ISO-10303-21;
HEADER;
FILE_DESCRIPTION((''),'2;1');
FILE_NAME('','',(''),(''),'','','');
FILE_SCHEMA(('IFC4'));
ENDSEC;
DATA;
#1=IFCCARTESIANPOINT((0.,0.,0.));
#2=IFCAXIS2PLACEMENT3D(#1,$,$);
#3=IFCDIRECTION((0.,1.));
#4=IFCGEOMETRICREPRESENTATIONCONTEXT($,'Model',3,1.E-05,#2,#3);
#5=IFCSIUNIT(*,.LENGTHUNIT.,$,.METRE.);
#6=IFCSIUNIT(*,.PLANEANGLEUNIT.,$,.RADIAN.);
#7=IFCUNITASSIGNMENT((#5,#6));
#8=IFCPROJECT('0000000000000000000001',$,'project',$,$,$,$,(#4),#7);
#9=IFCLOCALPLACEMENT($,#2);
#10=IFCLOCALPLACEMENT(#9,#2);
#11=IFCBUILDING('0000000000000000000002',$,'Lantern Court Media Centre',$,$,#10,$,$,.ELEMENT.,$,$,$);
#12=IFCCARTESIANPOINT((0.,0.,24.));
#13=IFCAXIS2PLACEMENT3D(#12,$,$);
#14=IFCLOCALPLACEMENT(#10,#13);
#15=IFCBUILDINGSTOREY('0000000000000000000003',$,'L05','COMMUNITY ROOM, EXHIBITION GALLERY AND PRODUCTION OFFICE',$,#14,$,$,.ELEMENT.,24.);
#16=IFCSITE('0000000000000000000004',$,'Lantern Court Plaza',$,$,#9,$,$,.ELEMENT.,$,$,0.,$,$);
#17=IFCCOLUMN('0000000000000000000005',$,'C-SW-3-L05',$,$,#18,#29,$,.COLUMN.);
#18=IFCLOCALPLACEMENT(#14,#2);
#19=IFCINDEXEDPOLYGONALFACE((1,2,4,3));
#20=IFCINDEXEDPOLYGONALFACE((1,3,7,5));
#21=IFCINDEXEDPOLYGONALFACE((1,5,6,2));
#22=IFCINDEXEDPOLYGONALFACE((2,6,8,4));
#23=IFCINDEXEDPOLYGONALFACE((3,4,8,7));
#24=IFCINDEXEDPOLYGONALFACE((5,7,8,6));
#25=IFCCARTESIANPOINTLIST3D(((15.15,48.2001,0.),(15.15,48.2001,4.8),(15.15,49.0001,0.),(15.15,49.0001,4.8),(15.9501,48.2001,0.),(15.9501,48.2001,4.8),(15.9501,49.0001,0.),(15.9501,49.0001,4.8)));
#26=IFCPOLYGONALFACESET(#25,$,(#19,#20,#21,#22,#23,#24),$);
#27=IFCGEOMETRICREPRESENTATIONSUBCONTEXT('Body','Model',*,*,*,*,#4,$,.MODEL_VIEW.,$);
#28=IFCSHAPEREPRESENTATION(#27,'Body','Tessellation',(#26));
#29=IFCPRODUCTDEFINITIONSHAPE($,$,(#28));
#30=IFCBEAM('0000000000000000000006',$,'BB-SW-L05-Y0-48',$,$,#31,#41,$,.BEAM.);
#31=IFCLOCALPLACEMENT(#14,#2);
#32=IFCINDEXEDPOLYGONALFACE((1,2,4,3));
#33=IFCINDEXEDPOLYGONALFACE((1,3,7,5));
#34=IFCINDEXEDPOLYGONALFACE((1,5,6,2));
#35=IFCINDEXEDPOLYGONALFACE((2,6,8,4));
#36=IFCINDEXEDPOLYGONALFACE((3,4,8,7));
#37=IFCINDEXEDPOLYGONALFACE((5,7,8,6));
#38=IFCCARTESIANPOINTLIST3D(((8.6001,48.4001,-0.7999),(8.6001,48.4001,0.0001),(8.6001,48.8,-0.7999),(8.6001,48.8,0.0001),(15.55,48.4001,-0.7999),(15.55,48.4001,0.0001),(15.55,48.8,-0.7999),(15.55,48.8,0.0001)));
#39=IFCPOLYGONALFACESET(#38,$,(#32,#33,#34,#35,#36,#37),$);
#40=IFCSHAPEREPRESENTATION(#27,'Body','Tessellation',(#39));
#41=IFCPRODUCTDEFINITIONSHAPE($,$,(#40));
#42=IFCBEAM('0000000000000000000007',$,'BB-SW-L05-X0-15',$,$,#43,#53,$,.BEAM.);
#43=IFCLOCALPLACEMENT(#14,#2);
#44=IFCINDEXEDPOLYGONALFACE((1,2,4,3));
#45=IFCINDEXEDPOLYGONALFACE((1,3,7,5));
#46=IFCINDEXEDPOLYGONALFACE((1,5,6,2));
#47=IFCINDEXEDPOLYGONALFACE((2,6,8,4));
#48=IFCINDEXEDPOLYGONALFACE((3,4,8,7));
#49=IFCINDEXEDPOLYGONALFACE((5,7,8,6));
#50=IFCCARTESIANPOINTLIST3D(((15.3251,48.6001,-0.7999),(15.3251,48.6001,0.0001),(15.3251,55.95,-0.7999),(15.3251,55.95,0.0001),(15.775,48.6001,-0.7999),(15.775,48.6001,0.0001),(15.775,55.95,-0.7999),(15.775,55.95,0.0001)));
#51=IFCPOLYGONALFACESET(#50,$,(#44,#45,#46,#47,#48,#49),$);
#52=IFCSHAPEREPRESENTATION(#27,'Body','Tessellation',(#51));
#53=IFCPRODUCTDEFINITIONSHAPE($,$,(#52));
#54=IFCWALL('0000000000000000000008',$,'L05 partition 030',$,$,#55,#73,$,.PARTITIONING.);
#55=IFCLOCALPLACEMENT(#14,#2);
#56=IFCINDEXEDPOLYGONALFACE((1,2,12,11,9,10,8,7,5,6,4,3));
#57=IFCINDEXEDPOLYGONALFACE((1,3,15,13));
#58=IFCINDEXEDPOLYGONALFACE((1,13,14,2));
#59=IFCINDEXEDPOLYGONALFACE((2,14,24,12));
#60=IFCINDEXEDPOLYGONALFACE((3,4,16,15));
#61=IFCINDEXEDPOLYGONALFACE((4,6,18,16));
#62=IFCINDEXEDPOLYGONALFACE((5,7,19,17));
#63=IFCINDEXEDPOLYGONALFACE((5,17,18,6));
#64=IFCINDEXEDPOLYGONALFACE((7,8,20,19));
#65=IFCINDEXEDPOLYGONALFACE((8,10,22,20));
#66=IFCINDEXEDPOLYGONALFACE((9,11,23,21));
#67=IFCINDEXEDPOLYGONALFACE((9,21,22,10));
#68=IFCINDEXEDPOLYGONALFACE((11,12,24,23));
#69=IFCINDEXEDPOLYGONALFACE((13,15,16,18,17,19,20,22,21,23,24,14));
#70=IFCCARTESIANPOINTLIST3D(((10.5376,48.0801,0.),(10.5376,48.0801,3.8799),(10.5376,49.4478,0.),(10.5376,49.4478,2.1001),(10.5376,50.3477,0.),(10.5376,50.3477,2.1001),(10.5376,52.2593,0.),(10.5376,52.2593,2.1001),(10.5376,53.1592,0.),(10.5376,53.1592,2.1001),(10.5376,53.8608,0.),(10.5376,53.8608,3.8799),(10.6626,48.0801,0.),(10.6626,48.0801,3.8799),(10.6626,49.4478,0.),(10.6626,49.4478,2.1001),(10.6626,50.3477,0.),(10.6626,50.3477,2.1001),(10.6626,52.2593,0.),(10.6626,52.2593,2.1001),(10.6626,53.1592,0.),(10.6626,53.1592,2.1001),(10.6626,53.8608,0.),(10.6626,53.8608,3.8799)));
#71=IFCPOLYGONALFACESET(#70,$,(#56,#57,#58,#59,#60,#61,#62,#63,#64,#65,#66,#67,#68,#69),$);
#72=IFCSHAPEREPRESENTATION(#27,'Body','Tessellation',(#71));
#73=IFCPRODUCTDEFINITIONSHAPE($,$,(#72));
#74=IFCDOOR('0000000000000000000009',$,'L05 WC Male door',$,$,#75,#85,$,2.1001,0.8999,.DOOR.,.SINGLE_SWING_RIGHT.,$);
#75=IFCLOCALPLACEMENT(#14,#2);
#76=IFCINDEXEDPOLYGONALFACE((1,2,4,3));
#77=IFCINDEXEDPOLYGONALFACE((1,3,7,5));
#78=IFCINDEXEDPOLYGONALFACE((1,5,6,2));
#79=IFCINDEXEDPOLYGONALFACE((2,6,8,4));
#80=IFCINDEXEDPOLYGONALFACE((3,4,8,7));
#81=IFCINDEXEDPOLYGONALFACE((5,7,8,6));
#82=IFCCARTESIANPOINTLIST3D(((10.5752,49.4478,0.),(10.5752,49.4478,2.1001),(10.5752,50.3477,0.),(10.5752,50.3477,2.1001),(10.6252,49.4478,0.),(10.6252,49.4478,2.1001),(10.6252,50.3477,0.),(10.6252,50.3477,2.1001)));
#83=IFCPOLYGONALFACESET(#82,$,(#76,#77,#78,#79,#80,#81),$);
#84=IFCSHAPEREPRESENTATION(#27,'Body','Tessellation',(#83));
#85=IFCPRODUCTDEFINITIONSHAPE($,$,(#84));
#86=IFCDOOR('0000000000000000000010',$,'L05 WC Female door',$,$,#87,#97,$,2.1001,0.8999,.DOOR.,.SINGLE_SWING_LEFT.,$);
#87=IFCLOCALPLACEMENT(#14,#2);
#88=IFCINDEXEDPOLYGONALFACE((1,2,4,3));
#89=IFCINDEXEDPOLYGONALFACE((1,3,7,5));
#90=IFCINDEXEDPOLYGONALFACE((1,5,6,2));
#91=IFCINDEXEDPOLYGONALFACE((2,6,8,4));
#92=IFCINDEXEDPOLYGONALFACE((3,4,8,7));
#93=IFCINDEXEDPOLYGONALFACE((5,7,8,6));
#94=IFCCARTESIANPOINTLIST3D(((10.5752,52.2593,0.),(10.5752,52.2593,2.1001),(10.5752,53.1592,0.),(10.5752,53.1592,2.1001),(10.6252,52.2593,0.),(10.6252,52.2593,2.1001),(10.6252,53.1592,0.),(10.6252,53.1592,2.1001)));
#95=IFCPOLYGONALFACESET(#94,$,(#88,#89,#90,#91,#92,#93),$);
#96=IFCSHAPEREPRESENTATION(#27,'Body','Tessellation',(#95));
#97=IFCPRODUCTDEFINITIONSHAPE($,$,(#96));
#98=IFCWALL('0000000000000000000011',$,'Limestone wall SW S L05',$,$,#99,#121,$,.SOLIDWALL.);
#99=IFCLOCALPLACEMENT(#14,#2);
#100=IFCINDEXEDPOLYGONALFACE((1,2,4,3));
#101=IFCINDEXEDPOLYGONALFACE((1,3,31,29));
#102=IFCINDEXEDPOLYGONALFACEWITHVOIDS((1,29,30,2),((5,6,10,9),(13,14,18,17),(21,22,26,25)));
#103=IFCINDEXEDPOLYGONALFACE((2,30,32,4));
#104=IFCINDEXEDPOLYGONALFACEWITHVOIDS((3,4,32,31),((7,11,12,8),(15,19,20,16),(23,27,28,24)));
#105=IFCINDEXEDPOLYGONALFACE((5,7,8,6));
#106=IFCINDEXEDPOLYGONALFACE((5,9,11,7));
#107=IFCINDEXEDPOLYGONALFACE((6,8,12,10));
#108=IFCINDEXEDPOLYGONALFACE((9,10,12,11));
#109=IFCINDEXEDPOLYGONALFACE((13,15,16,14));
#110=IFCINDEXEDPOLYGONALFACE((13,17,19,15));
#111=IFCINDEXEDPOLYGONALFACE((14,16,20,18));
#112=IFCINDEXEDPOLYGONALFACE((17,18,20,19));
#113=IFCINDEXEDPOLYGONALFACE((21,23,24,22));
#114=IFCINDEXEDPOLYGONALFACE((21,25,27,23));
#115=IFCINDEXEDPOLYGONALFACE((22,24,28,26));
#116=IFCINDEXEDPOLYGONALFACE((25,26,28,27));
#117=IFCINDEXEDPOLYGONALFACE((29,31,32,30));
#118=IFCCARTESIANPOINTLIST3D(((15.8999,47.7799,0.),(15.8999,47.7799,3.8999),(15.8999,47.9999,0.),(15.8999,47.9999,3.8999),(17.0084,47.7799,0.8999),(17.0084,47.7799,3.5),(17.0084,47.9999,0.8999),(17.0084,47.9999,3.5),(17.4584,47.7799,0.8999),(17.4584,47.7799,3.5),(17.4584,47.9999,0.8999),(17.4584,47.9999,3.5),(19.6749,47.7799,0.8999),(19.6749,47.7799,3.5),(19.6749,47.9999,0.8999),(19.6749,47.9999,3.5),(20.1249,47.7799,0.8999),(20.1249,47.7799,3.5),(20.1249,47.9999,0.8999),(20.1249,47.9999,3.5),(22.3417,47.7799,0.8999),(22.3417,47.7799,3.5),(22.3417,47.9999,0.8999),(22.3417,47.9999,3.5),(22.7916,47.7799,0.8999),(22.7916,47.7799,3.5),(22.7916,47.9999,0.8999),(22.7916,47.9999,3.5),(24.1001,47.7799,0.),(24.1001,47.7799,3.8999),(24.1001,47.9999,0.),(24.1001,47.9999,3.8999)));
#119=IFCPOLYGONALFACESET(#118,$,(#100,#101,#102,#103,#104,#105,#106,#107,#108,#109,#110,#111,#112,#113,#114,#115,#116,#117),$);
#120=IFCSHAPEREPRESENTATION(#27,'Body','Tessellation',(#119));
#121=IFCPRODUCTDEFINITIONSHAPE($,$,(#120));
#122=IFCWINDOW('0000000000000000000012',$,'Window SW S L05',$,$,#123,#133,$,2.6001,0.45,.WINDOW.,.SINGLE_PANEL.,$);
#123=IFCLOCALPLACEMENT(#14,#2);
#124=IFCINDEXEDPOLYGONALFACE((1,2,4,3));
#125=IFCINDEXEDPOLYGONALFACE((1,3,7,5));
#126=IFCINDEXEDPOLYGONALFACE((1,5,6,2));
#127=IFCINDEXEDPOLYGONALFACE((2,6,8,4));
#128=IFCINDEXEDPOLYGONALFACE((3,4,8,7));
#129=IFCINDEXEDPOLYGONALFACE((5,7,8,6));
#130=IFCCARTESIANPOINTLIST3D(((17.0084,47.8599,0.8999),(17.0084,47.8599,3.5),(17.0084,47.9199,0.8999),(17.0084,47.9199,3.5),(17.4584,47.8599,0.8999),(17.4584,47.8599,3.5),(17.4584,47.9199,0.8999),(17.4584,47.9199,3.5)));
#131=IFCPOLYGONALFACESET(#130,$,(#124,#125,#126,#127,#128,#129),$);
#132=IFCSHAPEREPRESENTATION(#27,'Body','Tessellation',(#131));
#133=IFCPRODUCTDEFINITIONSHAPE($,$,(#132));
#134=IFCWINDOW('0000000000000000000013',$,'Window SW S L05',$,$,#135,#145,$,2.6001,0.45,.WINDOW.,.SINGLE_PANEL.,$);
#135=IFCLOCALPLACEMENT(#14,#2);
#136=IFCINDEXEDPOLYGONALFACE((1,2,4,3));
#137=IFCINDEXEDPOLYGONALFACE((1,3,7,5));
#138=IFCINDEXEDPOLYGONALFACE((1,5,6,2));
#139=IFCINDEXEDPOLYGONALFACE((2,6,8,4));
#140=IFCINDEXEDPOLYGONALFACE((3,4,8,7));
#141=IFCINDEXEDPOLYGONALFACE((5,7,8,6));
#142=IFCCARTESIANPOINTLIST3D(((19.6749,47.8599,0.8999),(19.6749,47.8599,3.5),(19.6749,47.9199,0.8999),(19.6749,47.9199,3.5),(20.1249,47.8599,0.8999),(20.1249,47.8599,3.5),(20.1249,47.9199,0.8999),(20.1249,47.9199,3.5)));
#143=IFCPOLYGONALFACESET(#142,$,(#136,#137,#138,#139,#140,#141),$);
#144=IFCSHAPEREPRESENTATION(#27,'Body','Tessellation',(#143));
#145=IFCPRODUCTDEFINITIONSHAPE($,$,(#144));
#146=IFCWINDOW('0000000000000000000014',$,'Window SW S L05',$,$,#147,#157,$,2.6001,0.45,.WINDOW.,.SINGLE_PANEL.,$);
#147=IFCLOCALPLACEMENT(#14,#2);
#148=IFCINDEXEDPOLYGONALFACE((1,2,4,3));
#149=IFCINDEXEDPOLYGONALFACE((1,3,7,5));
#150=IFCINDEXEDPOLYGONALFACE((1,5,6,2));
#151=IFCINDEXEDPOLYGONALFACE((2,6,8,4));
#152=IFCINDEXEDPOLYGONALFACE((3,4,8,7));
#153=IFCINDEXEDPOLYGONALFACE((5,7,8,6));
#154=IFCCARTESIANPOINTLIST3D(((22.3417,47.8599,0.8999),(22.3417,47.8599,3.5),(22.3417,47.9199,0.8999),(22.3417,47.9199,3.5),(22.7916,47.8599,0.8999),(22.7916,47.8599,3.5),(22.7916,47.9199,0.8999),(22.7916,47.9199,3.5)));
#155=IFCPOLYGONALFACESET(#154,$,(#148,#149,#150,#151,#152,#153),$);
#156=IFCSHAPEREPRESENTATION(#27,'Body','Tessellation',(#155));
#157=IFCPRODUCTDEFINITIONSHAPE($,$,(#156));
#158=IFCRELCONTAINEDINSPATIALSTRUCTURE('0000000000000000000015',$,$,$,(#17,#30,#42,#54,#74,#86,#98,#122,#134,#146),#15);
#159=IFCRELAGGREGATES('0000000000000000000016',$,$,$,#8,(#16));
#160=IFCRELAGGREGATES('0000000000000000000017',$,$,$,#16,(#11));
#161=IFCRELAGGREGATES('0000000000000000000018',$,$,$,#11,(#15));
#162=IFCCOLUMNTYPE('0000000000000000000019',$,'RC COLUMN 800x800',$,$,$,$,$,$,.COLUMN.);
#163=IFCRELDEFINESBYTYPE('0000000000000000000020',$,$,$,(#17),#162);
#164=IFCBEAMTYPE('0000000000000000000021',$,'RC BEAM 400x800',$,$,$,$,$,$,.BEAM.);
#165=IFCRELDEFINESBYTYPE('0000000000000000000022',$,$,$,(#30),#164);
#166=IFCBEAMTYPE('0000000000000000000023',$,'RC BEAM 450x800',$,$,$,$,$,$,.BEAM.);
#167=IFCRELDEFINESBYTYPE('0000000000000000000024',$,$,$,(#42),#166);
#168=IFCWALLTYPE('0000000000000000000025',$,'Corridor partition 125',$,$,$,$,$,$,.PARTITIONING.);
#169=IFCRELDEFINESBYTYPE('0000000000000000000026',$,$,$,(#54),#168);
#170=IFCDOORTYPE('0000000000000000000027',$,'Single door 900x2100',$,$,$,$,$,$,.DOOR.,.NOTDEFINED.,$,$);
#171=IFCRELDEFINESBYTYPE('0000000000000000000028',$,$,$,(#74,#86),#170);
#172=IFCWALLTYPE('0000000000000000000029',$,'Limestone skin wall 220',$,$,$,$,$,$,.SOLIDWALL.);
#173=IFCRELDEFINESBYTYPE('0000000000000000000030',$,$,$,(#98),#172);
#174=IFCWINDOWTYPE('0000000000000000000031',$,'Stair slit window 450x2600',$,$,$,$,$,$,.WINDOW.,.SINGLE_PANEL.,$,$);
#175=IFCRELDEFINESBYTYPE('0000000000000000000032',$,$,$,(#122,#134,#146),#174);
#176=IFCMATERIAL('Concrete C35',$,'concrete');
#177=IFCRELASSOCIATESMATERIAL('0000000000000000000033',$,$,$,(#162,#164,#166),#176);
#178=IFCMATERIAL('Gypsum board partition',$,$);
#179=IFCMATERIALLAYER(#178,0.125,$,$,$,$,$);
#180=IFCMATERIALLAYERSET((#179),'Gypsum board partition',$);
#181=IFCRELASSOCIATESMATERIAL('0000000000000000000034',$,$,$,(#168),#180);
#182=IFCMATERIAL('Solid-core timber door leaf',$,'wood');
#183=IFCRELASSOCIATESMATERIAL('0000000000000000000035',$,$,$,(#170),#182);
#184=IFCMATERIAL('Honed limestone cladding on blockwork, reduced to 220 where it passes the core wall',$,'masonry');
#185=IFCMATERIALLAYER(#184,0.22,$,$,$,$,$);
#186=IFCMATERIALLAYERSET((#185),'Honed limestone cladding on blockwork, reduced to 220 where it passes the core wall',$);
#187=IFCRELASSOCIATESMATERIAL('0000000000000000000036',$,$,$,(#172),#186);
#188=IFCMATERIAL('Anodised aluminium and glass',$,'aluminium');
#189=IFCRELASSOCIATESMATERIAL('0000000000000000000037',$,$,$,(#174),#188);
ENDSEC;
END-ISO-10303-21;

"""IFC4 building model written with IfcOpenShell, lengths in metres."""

from ifc_helpers import new_model, si_unit, direction, frame, frame_2d, origin, origin_2d, place, context, subcontext, project, spatial, rectangle, extrude, material, layer, layer_set, material_profile, profile_set, type_object, element, fill, save


model = new_model("IFC4")

# Units and contexts
model_context = context("Model", 3, precision=1e-05, world=origin(), true_north=direction((0.0, 1.0)))
body_context = subcontext(model_context, "Body", "Model", "MODEL_VIEW")
ifc_project = project(units=[si_unit("LENGTHUNIT", "METRE"), si_unit("PLANEANGLEUNIT", "RADIAN")], contexts=[model_context])

# Site, building, storey
site_placement = place(None, origin())
site = spatial("IfcSite", under=ifc_project, at=site_placement, Name="Lantern Court Plaza", CompositionType="ELEMENT", RefElevation=0.0)
building_placement = place(site_placement, origin())
building = spatial("IfcBuilding", under=site, at=building_placement, Name="Lantern Court Media Centre", CompositionType="ELEMENT")
storey_placement = place(building_placement, frame((0.0, 0.0, 24.0)))
storey = spatial("IfcBuildingStorey", under=building, at=storey_placement, Name="L05", Description="COMMUNITY ROOM, EXHIBITION GALLERY AND PRODUCTION OFFICE", CompositionType="ELEMENT", Elevation=24.0)

# Column
ifc_material_1 = material(Name="Concrete C35", Category="concrete")
ifc_material_profile_1 = material_profile(ifc_material_1, rectangle(XDim=0.8, YDim=0.8, at=origin_2d()), Name="RC 800x800")
ifc_profile_set_1 = profile_set([ifc_material_profile_1], Name="Concrete C35")
column_type = type_object("IfcColumnType", Name="RC COLUMN 800x800", PredefinedType="COLUMN", material=ifc_profile_set_1)
column_placement = place(storey_placement, frame((15.55, 48.6001, 0.0), z_axis=(0.0, 0.0, 1.0), x_axis=(1.0, 0.0, 0.0)))
element("IfcColumn", 1, at=column_placement, inside=storey, type_object=column_type, Name="C-SW-3-L05", PredefinedType="COLUMN", context=body_context, shape_type="SweptSolid", body=[
    extrude(rectangle(XDim=0.8, YDim=0.8, at=origin_2d()), origin(), (0.0, 0.0, 1.0), 4.8),
])

# Beams
ifc_material_profile_2 = material_profile(ifc_material_1, rectangle(XDim=0.3999, YDim=0.8, at=origin_2d()), Name="RC 400x800")
ifc_profile_set_2 = profile_set([ifc_material_profile_2], Name="Concrete C35")
beam_type_1 = type_object("IfcBeamType", Name="RC BEAM 400x800", PredefinedType="BEAM", material=ifc_profile_set_2)
beam_1_placement = place(storey_placement, frame((8.6001, 48.6001, -0.3999), z_axis=(1.0, 0.0, 0.0), x_axis=(0.0, 1.0, 0.0)))
element("IfcBeam", 2, at=beam_1_placement, inside=storey, type_object=beam_type_1, Name="BB-SW-L05-Y0-48", PredefinedType="BEAM", context=body_context, shape_type="SweptSolid", body=[
    extrude(rectangle(XDim=0.3999, YDim=0.8, at=origin_2d()), origin(), (0.0, 0.0, 1.0), 6.95),
])
ifc_material_profile_3 = material_profile(ifc_material_1, rectangle(XDim=0.45, YDim=0.8, at=origin_2d()), Name="RC 450x800")
ifc_profile_set_3 = profile_set([ifc_material_profile_3], Name="Concrete C35")
beam_type_2 = type_object("IfcBeamType", Name="RC BEAM 450x800", PredefinedType="BEAM", material=ifc_profile_set_3)
beam_2_placement = place(storey_placement, frame((15.55, 48.6001, -0.3999), z_axis=(0.0, 1.0, 0.0), x_axis=(-1.0, 0.0, 0.0)))
element("IfcBeam", 3, at=beam_2_placement, inside=storey, type_object=beam_type_2, Name="BB-SW-L05-X0-15", PredefinedType="BEAM", context=body_context, shape_type="SweptSolid", body=[
    extrude(rectangle(XDim=0.45, YDim=0.8, at=origin_2d()), origin(), (0.0, 0.0, 1.0), 7.3499),
])

# Wall, openings, doors
ifc_material_2 = material(Name="Gypsum board partition")
ifc_layer_1 = layer(ifc_material_2, 0.125)
ifc_layer_set_1 = layer_set([ifc_layer_1], Name="Gypsum board partition")
wall_type_1 = type_object("IfcWallType", Name="Corridor partition 125", PredefinedType="PARTITIONING", material=ifc_layer_set_1)
wall_1_placement = place(storey_placement, frame((10.6001, 48.0801, 0.0), z_axis=(0.0, 0.0, 1.0), x_axis=(0.0, 1.0, 0.0)))
wall_1 = element("IfcWall", 4, at=wall_1_placement, inside=storey, type_object=wall_type_1, Name="L05 partition 030", PredefinedType="PARTITIONING", context=body_context, shape_type="SweptSolid", body=[
    extrude(rectangle(XDim=5.7808, YDim=0.125, at=frame_2d((2.8904, 0.0))), origin(), (0.0, 0.0, 1.0), 3.8799),
])
opening_1_placement = place(wall_1_placement, frame((1.3677, 0.0, 0.0)))
opening_1 = element("IfcOpeningElement", 5, at=opening_1_placement, cuts=wall_1, PredefinedType="OPENING", context=body_context, shape_type="SweptSolid", body=[
    extrude(rectangle(XDim=0.8999, YDim=2.1001, at=frame_2d((0.45, 1.05))), frame((0.0, 0.0725, 0.0), z_axis=(0.0, -1.0, 0.0), x_axis=(1.0, 0.0, 0.0)), (0.0, 0.0, 1.0), 0.145),
])
opening_2_placement = place(wall_1_placement, frame((4.1792, 0.0, 0.0)))
opening_2 = element("IfcOpeningElement", 6, at=opening_2_placement, cuts=wall_1, PredefinedType="OPENING", context=body_context, shape_type="SweptSolid", body=[
    extrude(rectangle(XDim=0.8999, YDim=2.1001, at=frame_2d((0.45, 1.05))), frame((0.0, 0.0725, 0.0), z_axis=(0.0, -1.0, 0.0), x_axis=(1.0, 0.0, 0.0)), (0.0, 0.0, 1.0), 0.145),
])
ifc_material_3 = material(Name="Solid-core timber door leaf", Category="wood")
door_type_1 = type_object("IfcDoorType", Name="Single door 900x2100", OperationType="NOTDEFINED", PredefinedType="DOOR", material=ifc_material_3)
door_1_placement = place(opening_1_placement, origin())
door_1 = element("IfcDoor", 7, at=door_1_placement, inside=storey, type_object=door_type_1, Name="L05 WC Male door", OperationType="SINGLE_SWING_RIGHT", OverallHeight=2.1001, OverallWidth=0.8999, PredefinedType="DOOR", context=body_context, shape_type="SweptSolid", body=[
    extrude(rectangle(XDim=0.8999, YDim=2.1001, at=frame_2d((0.45, 1.05))), frame((0.0, 0.0249, 0.0), z_axis=(0.0, -1.0, 0.0), x_axis=(1.0, 0.0, 0.0)), (0.0, 0.0, 1.0), 0.05),
])
fill(opening_1, door_1)
door_2_placement = place(opening_2_placement, origin())
door_2 = element("IfcDoor", 8, at=door_2_placement, inside=storey, type_object=door_type_1, Name="L05 WC Female door", OperationType="SINGLE_SWING_LEFT", OverallHeight=2.1001, OverallWidth=0.8999, PredefinedType="DOOR", context=body_context, shape_type="SweptSolid", body=[
    extrude(rectangle(XDim=0.8999, YDim=2.1001, at=frame_2d((0.45, 1.05))), frame((0.0, 0.0249, 0.0), z_axis=(0.0, -1.0, 0.0), x_axis=(1.0, 0.0, 0.0)), (0.0, 0.0, 1.0), 0.05),
])
fill(opening_2, door_2)

# Wall, openings, windows
ifc_material_4 = material(Name="Honed limestone cladding on blockwork, reduced to 220 where it passes the core wall", Category="masonry")
ifc_layer_2 = layer(ifc_material_4, 0.22)
ifc_layer_set_2 = layer_set([ifc_layer_2], Name="Honed limestone cladding on blockwork, reduced to 220 where it passes the core wall")
wall_type_2 = type_object("IfcWallType", Name="Limestone skin wall 220", PredefinedType="SOLIDWALL", material=ifc_layer_set_2)
wall_2_placement = place(storey_placement, frame((15.8999, 47.8899, 0.0), z_axis=(0.0, 0.0, 1.0), x_axis=(1.0, 0.0, 0.0)))
wall_2 = element("IfcWall", 9, at=wall_2_placement, inside=storey, type_object=wall_type_2, Name="Limestone wall SW S L05", PredefinedType="SOLIDWALL", context=body_context, shape_type="SweptSolid", body=[
    extrude(rectangle(XDim=8.2002, YDim=0.22, at=frame_2d((4.1001, 0.0))), origin(), (0.0, 0.0, 1.0), 3.8999),
])
opening_3_placement = place(wall_2_placement, frame((1.1084, 0.0, 0.8999)))
opening_3 = element("IfcOpeningElement", 10, at=opening_3_placement, cuts=wall_2, PredefinedType="OPENING", context=body_context, shape_type="SweptSolid", body=[
    extrude(rectangle(XDim=0.45, YDim=2.6001, at=frame_2d((0.2251, 1.3))), frame((0.0, 0.1199, 0.0), z_axis=(0.0, -1.0, 0.0), x_axis=(1.0, 0.0, 0.0)), (0.0, 0.0, 1.0), 0.24),
])
opening_4_placement = place(wall_2_placement, frame((3.7749, 0.0, 0.8999)))
opening_4 = element("IfcOpeningElement", 11, at=opening_4_placement, cuts=wall_2, PredefinedType="OPENING", context=body_context, shape_type="SweptSolid", body=[
    extrude(rectangle(XDim=0.45, YDim=2.6001, at=frame_2d((0.2251, 1.3))), frame((0.0, 0.1199, 0.0), z_axis=(0.0, -1.0, 0.0), x_axis=(1.0, 0.0, 0.0)), (0.0, 0.0, 1.0), 0.24),
])
opening_5_placement = place(wall_2_placement, frame((6.4417, 0.0, 0.8999)))
opening_5 = element("IfcOpeningElement", 12, at=opening_5_placement, cuts=wall_2, PredefinedType="OPENING", context=body_context, shape_type="SweptSolid", body=[
    extrude(rectangle(XDim=0.45, YDim=2.6001, at=frame_2d((0.2251, 1.3))), frame((0.0, 0.1199, 0.0), z_axis=(0.0, -1.0, 0.0), x_axis=(1.0, 0.0, 0.0)), (0.0, 0.0, 1.0), 0.24),
])
ifc_material_5 = material(Name="Anodised aluminium and glass", Category="aluminium")
window_type = type_object("IfcWindowType", Name="Stair slit window 450x2600", PartitioningType="SINGLE_PANEL", PredefinedType="WINDOW", material=ifc_material_5)
window_1_placement = place(opening_3_placement, origin())
window_1 = element("IfcWindow", 13, at=window_1_placement, inside=storey, type_object=window_type, Name="Window SW S L05", OverallHeight=2.6001, OverallWidth=0.45, PartitioningType="SINGLE_PANEL", PredefinedType="WINDOW", context=body_context, shape_type="SweptSolid", body=[
    extrude(rectangle(XDim=0.45, YDim=2.6001, at=frame_2d((0.2251, 1.3))), frame((0.0, 0.03, 0.0), z_axis=(0.0, -1.0, 0.0), x_axis=(1.0, 0.0, 0.0)), (0.0, 0.0, 1.0), 0.0601),
])
fill(opening_3, window_1)
window_2_placement = place(opening_4_placement, origin())
window_2 = element("IfcWindow", 14, at=window_2_placement, inside=storey, type_object=window_type, Name="Window SW S L05", OverallHeight=2.6001, OverallWidth=0.45, PartitioningType="SINGLE_PANEL", PredefinedType="WINDOW", context=body_context, shape_type="SweptSolid", body=[
    extrude(rectangle(XDim=0.45, YDim=2.6001, at=frame_2d((0.2251, 1.3))), frame((0.0, 0.03, 0.0), z_axis=(0.0, -1.0, 0.0), x_axis=(1.0, 0.0, 0.0)), (0.0, 0.0, 1.0), 0.0601),
])
fill(opening_4, window_2)
window_3_placement = place(opening_5_placement, origin())
window_3 = element("IfcWindow", 15, at=window_3_placement, inside=storey, type_object=window_type, Name="Window SW S L05", OverallHeight=2.6001, OverallWidth=0.45, PartitioningType="SINGLE_PANEL", PredefinedType="WINDOW", context=body_context, shape_type="SweptSolid", body=[
    extrude(rectangle(XDim=0.45, YDim=2.6001, at=frame_2d((0.2251, 1.3))), frame((0.0, 0.03, 0.0), z_axis=(0.0, -1.0, 0.0), x_axis=(1.0, 0.0, 0.0)), (0.0, 0.0, 1.0), 0.0601),
])
fill(opening_5, window_3)

save(model, "model.ifc")
